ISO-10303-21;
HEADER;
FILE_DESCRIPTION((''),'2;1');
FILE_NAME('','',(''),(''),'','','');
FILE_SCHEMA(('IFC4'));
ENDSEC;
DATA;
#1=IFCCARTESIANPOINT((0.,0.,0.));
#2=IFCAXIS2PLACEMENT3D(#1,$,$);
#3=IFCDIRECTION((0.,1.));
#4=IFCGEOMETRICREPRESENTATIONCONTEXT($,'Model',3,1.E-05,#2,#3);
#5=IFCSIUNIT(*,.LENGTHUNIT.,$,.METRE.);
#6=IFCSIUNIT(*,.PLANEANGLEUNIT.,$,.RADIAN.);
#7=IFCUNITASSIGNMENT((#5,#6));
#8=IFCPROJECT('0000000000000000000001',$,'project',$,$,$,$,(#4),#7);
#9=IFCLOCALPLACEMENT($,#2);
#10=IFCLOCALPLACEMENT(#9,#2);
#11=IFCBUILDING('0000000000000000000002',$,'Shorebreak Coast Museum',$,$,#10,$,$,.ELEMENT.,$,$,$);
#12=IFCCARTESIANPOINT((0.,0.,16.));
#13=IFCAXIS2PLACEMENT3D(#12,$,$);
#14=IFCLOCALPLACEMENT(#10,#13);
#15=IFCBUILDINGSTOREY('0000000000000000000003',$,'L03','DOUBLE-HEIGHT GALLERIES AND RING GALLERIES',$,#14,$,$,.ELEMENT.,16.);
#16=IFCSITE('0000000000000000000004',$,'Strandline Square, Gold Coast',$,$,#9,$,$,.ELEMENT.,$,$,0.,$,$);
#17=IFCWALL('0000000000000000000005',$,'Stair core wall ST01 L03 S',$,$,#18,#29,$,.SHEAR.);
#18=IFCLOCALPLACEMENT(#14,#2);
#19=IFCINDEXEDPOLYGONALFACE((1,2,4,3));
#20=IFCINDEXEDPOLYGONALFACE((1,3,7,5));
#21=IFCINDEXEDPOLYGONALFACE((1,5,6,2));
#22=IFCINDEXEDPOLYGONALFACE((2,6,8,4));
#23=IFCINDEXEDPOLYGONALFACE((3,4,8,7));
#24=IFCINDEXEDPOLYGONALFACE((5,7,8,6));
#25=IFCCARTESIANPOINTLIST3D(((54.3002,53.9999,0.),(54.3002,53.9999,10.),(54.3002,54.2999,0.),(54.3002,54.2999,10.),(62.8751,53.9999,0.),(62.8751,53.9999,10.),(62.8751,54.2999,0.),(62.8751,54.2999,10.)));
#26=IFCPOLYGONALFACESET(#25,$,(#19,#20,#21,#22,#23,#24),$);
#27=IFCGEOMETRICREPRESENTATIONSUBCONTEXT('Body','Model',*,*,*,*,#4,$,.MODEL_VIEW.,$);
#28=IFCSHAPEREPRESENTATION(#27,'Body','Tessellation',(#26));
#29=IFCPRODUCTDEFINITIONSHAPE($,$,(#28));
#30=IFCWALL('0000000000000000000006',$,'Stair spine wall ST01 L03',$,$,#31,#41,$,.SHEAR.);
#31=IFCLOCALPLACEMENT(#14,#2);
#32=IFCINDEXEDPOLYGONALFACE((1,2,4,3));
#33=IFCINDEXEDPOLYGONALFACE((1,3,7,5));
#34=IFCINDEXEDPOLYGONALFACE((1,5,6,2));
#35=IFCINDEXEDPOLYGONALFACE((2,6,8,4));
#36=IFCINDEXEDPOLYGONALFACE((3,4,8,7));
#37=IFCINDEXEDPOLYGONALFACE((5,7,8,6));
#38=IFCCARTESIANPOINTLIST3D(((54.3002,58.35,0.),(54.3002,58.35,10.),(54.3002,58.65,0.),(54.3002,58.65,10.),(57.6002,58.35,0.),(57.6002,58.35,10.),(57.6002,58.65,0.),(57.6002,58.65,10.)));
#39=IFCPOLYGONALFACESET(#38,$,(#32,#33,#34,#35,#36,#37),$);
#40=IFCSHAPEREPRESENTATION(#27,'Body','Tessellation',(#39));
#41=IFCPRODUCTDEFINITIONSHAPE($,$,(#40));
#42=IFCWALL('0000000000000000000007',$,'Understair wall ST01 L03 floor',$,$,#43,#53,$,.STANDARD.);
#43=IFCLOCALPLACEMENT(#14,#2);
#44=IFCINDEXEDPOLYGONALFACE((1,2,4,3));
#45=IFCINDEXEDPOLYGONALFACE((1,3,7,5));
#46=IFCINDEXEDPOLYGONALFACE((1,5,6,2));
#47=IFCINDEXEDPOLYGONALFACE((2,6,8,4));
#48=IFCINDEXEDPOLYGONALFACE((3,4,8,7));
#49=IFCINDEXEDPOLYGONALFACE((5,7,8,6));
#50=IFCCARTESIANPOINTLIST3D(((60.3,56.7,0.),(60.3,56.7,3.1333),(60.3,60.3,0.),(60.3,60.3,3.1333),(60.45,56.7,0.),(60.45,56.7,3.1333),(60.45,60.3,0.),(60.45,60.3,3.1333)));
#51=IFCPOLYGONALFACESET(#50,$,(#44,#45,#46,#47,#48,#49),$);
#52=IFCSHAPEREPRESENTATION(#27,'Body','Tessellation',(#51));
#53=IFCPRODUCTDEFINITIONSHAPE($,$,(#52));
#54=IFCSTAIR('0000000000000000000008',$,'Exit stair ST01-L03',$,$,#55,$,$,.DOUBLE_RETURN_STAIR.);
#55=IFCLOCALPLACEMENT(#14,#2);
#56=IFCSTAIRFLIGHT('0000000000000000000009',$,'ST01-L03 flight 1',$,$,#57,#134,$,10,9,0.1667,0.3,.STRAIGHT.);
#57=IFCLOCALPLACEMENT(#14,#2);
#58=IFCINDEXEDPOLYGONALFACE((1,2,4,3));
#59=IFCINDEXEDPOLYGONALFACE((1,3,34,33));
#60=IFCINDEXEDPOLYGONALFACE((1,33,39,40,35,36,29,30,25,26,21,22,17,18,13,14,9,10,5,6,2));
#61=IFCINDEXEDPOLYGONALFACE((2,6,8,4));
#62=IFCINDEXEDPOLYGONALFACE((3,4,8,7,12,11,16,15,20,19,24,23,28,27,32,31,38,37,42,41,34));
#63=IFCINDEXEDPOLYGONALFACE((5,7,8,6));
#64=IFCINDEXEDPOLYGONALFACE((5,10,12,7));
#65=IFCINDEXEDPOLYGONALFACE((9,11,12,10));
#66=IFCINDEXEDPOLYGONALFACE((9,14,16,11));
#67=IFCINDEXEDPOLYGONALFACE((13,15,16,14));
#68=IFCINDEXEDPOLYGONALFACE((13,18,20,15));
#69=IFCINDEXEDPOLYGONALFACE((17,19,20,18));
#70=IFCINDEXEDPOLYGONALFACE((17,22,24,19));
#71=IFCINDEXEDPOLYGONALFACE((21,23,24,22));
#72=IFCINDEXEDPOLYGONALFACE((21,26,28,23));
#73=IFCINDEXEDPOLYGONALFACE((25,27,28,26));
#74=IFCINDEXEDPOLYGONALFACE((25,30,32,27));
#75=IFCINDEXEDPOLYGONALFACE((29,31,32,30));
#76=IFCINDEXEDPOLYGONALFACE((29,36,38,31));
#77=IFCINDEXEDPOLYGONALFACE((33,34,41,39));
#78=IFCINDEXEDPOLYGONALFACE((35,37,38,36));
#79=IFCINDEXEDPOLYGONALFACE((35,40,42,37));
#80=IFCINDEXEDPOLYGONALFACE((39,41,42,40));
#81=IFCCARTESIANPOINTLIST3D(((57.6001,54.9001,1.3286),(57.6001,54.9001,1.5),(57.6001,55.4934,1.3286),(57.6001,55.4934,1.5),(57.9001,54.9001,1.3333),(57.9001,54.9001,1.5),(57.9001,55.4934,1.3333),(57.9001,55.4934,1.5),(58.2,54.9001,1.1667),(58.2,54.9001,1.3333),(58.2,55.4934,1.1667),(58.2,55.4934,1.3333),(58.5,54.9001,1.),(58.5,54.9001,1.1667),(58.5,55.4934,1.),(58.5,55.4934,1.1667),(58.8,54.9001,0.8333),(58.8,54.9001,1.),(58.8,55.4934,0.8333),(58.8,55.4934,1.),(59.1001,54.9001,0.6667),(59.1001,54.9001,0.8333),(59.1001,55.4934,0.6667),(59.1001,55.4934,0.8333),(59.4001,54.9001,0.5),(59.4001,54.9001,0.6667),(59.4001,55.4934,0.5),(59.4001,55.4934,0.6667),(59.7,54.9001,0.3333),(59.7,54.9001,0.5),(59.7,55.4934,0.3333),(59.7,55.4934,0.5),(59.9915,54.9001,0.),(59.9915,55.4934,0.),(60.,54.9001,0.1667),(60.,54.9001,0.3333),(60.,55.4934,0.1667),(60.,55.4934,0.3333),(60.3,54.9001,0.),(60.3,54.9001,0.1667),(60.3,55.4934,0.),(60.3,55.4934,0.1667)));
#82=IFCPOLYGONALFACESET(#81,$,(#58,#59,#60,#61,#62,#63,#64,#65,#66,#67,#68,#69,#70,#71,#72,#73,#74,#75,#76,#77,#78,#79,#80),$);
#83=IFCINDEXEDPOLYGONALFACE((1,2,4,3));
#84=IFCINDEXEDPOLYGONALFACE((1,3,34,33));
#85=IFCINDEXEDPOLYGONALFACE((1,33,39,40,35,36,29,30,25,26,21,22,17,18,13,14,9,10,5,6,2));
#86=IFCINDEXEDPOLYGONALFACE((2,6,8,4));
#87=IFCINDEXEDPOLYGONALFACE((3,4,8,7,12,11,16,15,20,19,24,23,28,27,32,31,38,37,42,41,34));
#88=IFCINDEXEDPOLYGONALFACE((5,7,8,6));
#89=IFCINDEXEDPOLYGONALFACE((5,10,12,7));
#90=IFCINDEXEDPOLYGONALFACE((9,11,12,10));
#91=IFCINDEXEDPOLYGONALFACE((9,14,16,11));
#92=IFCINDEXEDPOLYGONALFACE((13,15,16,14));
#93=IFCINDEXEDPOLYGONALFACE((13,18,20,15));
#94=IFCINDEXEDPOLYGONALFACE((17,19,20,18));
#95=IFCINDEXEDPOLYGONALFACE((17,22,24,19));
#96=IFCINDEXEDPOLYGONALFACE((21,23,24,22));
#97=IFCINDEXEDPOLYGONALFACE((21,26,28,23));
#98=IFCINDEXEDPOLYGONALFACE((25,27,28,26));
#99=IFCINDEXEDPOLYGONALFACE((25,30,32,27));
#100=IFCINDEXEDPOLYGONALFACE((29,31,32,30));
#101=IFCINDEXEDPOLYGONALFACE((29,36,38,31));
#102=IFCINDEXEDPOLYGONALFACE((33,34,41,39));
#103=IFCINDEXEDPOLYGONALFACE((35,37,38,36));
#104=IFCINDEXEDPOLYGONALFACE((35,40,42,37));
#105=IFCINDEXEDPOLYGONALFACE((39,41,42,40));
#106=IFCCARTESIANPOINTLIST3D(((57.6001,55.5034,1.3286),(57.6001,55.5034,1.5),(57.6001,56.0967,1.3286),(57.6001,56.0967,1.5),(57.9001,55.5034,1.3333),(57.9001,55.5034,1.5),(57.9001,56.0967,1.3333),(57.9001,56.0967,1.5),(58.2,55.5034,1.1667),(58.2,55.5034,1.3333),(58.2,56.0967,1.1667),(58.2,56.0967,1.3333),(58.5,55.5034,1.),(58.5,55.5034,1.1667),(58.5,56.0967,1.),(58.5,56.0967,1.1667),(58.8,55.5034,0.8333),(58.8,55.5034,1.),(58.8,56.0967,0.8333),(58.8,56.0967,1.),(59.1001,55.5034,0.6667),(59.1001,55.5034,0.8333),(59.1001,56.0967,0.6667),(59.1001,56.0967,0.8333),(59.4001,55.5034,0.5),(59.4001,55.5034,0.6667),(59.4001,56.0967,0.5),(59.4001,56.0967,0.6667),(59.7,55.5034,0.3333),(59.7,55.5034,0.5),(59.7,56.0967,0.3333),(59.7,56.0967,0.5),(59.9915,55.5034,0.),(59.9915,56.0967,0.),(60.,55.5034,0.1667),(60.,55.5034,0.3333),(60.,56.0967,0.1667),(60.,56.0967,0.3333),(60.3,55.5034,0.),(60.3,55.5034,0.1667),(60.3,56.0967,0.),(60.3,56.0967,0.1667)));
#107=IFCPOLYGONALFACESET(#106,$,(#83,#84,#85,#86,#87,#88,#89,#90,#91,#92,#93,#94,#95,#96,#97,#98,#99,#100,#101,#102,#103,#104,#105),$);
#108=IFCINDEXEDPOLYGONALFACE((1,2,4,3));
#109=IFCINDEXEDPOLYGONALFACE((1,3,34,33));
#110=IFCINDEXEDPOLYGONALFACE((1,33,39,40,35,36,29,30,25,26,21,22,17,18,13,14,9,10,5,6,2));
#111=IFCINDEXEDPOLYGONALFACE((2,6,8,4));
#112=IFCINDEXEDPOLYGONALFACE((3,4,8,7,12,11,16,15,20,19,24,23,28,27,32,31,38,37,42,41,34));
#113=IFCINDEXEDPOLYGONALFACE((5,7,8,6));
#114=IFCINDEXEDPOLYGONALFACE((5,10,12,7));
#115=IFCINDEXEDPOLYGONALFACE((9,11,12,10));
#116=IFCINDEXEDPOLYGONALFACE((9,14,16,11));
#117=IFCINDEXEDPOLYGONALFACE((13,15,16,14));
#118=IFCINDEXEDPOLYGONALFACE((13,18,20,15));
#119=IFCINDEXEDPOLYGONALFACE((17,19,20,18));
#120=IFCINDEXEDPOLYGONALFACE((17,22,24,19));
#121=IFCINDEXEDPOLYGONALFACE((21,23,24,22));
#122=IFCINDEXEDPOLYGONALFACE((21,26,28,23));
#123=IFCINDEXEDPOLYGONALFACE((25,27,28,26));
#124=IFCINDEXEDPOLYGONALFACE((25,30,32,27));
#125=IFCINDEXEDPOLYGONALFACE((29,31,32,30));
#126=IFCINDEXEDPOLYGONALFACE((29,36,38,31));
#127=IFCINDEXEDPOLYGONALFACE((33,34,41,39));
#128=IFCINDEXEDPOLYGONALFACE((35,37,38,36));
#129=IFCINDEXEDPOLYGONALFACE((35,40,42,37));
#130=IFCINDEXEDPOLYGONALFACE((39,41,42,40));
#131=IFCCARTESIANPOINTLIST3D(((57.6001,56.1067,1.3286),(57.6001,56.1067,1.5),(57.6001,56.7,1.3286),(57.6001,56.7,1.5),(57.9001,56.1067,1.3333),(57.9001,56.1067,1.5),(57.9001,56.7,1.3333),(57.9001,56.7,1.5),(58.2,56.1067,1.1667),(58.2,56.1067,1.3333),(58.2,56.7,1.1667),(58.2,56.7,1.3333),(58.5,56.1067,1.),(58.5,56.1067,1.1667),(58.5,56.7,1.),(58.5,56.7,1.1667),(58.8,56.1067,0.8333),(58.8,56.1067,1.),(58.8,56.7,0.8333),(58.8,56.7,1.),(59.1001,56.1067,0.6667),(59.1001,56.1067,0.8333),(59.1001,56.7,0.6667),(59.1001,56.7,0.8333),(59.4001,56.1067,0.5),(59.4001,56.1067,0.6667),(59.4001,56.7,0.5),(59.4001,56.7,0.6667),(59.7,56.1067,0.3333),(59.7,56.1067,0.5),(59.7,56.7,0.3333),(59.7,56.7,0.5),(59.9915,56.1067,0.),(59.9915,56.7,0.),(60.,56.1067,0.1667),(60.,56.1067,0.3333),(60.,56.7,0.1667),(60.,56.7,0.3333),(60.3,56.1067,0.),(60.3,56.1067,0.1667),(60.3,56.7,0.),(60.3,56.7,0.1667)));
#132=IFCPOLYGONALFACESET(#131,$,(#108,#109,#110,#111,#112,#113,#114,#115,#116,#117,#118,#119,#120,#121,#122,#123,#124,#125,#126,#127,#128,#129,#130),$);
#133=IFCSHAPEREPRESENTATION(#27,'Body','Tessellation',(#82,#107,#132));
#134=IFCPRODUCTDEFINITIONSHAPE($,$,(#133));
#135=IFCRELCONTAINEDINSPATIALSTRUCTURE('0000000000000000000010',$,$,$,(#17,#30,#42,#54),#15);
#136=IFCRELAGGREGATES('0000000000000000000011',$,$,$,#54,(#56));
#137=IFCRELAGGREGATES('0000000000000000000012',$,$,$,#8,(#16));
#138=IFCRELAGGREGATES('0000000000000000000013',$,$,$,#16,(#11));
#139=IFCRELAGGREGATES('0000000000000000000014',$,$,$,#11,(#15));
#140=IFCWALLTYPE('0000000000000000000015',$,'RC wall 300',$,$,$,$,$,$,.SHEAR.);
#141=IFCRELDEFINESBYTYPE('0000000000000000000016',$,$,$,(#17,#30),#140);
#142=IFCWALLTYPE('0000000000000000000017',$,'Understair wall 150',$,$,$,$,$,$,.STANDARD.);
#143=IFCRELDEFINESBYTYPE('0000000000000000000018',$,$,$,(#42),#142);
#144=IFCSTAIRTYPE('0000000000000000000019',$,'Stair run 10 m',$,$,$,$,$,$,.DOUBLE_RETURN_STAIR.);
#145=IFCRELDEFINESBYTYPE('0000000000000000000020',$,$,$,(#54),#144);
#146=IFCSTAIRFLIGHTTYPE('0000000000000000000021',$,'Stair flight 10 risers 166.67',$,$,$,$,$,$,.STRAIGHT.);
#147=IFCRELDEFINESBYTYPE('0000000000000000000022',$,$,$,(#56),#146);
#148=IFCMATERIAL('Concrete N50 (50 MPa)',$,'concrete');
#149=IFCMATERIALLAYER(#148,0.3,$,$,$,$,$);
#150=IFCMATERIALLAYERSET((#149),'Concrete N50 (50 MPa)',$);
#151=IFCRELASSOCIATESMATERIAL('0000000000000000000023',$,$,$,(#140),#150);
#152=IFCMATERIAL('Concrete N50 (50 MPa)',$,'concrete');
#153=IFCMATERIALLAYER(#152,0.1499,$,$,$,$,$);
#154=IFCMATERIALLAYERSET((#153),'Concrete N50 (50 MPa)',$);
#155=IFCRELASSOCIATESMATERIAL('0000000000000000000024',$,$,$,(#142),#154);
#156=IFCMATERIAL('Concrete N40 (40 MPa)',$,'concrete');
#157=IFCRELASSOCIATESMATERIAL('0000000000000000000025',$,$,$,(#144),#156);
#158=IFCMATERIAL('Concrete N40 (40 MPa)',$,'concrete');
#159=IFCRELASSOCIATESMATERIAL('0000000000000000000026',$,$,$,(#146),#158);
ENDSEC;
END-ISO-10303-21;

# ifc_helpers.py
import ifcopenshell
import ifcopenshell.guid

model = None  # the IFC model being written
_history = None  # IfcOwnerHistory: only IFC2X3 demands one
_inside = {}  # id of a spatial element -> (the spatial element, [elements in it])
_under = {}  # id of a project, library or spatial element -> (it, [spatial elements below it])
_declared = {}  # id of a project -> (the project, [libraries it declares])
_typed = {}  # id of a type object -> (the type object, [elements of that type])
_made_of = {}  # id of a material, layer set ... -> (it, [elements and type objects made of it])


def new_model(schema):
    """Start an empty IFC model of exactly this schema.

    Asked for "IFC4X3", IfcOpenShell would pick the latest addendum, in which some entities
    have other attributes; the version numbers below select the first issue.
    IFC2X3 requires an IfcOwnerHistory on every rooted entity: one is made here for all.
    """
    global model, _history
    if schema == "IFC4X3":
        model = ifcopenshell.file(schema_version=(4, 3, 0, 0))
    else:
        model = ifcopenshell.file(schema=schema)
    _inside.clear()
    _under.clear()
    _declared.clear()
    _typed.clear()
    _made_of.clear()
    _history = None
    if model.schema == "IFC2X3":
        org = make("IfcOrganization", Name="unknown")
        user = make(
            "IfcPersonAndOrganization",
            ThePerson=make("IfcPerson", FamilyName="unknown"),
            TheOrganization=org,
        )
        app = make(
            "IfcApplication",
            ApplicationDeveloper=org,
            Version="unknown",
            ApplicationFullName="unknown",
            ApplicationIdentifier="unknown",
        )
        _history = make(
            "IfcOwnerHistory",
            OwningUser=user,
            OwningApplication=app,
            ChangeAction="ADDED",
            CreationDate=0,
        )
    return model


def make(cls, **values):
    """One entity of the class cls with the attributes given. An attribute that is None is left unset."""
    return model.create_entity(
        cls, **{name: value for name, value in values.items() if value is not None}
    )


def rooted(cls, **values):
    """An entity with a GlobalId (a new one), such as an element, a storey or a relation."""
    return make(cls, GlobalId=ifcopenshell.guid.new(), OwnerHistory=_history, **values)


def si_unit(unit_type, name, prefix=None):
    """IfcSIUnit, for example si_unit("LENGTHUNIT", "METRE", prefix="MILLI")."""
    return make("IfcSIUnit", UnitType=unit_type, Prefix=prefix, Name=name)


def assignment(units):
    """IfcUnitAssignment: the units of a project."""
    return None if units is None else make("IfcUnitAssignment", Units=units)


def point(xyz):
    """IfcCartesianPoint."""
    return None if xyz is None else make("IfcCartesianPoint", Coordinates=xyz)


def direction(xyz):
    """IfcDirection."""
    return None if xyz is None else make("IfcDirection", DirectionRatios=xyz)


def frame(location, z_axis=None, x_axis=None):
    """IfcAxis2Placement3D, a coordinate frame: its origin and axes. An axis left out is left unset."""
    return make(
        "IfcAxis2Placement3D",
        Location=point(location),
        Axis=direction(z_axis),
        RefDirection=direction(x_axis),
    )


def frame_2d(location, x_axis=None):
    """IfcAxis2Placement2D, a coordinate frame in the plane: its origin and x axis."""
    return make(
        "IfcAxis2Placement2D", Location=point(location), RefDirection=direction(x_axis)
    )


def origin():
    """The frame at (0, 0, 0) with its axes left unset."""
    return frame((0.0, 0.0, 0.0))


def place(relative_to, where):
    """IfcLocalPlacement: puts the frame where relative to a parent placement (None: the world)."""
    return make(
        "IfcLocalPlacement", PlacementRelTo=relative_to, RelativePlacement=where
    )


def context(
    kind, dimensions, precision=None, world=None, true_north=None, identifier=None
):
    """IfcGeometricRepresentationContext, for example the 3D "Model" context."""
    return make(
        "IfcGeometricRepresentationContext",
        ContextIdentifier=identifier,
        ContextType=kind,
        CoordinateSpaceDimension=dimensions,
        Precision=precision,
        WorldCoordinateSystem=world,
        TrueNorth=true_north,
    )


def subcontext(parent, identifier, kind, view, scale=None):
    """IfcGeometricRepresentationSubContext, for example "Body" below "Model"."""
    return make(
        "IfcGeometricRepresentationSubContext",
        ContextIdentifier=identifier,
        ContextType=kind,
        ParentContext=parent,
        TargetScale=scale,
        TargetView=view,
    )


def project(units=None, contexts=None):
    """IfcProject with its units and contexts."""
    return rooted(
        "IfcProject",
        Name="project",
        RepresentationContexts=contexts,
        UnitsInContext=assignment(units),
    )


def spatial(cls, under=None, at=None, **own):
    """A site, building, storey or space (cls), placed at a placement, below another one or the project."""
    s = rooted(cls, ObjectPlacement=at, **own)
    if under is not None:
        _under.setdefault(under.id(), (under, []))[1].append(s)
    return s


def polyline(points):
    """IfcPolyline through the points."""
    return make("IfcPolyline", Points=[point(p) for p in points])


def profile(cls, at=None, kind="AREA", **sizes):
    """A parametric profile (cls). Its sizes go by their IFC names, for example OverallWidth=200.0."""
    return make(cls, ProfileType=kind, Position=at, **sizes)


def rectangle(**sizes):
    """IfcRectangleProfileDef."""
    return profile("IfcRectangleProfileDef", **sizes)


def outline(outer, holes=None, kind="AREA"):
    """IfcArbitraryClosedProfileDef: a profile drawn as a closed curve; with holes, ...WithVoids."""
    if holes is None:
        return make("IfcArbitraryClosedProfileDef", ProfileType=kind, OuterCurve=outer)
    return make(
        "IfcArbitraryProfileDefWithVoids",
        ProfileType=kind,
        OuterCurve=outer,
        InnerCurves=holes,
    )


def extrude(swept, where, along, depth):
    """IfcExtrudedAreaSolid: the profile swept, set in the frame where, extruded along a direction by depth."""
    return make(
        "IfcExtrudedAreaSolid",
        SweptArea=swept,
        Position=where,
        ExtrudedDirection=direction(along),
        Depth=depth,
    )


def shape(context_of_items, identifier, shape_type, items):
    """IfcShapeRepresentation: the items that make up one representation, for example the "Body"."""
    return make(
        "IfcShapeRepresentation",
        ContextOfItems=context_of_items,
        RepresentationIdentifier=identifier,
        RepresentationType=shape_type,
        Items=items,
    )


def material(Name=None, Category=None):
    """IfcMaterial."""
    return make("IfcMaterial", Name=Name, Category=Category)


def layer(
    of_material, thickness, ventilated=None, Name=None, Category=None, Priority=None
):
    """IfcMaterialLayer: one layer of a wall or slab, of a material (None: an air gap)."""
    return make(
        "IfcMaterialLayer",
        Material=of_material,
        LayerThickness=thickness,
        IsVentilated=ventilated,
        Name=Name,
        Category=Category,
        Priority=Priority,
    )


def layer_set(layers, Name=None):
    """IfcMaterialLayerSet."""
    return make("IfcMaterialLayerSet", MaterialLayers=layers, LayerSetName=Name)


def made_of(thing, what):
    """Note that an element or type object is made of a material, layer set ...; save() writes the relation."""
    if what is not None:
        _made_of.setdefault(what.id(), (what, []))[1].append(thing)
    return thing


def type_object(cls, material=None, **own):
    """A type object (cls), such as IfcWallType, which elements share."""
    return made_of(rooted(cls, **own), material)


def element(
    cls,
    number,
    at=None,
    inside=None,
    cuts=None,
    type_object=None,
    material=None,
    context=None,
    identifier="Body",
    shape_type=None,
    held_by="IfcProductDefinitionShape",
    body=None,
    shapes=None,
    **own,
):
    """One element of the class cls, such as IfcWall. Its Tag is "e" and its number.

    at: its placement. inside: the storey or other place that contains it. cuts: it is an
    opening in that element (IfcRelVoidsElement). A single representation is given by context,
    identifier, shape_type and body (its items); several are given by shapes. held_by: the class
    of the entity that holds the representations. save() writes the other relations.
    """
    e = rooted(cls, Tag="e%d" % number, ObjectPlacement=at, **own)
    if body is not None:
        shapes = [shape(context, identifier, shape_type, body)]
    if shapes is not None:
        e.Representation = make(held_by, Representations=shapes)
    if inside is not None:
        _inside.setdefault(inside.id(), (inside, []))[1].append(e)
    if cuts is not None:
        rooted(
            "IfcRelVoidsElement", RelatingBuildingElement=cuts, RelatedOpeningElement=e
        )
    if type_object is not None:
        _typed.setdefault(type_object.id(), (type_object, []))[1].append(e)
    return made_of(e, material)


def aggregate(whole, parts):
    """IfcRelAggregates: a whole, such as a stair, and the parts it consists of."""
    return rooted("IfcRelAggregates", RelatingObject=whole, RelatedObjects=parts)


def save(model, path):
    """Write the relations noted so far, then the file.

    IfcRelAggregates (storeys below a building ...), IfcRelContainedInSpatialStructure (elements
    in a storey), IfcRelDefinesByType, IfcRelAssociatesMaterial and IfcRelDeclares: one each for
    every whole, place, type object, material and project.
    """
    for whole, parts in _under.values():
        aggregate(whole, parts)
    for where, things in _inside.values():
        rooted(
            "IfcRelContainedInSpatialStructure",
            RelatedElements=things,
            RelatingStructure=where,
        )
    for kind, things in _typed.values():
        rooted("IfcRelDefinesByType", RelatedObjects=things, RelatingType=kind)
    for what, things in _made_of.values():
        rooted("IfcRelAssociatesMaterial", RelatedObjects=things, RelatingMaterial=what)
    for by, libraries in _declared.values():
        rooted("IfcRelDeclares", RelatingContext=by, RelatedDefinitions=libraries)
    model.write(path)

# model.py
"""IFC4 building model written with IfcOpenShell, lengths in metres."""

from ifc_helpers import new_model, si_unit, direction, frame, frame_2d, origin, place, context, subcontext, project, spatial, polyline, rectangle, outline, extrude, material, layer, layer_set, type_object, element, aggregate, save


model = new_model("IFC4")

# Units and contexts
model_context = context("Model", 3, precision=1e-05, world=origin(), true_north=direction((0.0, 1.0)))
body_context = subcontext(model_context, "Body", "Model", "MODEL_VIEW")
ifc_project = project(units=[si_unit("LENGTHUNIT", "METRE"), si_unit("PLANEANGLEUNIT", "RADIAN")], contexts=[model_context])

# Site, building, storey
site_placement = place(None, origin())
site = spatial("IfcSite", under=ifc_project, at=site_placement, Name="Strandline Square, Gold Coast", CompositionType="ELEMENT", RefElevation=0.0)
building_placement = place(site_placement, origin())
building = spatial("IfcBuilding", under=site, at=building_placement, Name="Shorebreak Coast Museum", CompositionType="ELEMENT")
storey_placement = place(building_placement, frame((0.0, 0.0, 16.0)))
storey = spatial("IfcBuildingStorey", under=building, at=storey_placement, Name="L03", Description="DOUBLE-HEIGHT GALLERIES AND RING GALLERIES", CompositionType="ELEMENT", Elevation=16.0)

# Walls
ifc_material_1 = material(Name="Concrete N50 (50 MPa)", Category="concrete")
ifc_layer_1 = layer(ifc_material_1, 0.3)
ifc_layer_set_1 = layer_set([ifc_layer_1], Name="Concrete N50 (50 MPa)")
wall_type_1 = type_object("IfcWallType", Name="RC wall 300", PredefinedType="SHEAR", material=ifc_layer_set_1)
wall_1_placement = place(storey_placement, frame((54.3, 54.1499, 0.0), z_axis=(0.0, 0.0, 1.0), x_axis=(1.0, 0.0, 0.0)))
element("IfcWall", 1, at=wall_1_placement, inside=storey, type_object=wall_type_1, Name="Stair core wall ST01 L03 S", PredefinedType="SHEAR", context=body_context, shape_type="SweptSolid", body=[
    extrude(rectangle(XDim=8.575, YDim=0.3, at=frame_2d((4.2876, 0.0))), origin(), (0.0, 0.0, 1.0), 10.0),
])
wall_2_placement = place(storey_placement, frame((57.6001, 58.5, 0.0), z_axis=(0.0, 0.0, 1.0), x_axis=(-1.0, 0.0, 0.0)))
element("IfcWall", 2, at=wall_2_placement, inside=storey, type_object=wall_type_1, Name="Stair spine wall ST01 L03", PredefinedType="SHEAR", context=body_context, shape_type="SweptSolid", body=[
    extrude(rectangle(XDim=3.3, YDim=0.3, at=frame_2d((1.6499, 0.0))), origin(), (0.0, 0.0, 1.0), 10.0),
])
ifc_material_2 = material(Name="Concrete N50 (50 MPa)", Category="concrete")
ifc_layer_2 = layer(ifc_material_2, 0.1499)
ifc_layer_set_2 = layer_set([ifc_layer_2], Name="Concrete N50 (50 MPa)")
wall_type_2 = type_object("IfcWallType", Name="Understair wall 150", PredefinedType="STANDARD", material=ifc_layer_set_2)
wall_3_placement = place(storey_placement, frame((60.375, 56.7, 0.0), z_axis=(0.0, 0.0, 1.0), x_axis=(0.0, 1.0, 0.0)))
element("IfcWall", 3, at=wall_3_placement, inside=storey, type_object=wall_type_2, Name="Understair wall ST01 L03 floor", PredefinedType="STANDARD", context=body_context, shape_type="SweptSolid", body=[
    extrude(rectangle(XDim=3.6001, YDim=0.1499, at=frame_2d((1.8, 0.0))), origin(), (0.0, 0.0, 1.0), 3.1333),
])

# Stair, stair flight
ifc_material_3 = material(Name="Concrete N40 (40 MPa)", Category="concrete")
stair_type = type_object("IfcStairType", Name="Stair run 10 m", PredefinedType="DOUBLE_RETURN_STAIR", material=ifc_material_3)
stair_placement = place(storey_placement, origin())
stair = element("IfcStair", 4, at=stair_placement, inside=storey, type_object=stair_type, Name="Exit stair ST01-L03", PredefinedType="DOUBLE_RETURN_STAIR")
ifc_material_4 = material(Name="Concrete N40 (40 MPa)", Category="concrete")
stair_flight_type = type_object("IfcStairFlightType", Name="Stair flight 10 risers 166.67", PredefinedType="STRAIGHT", material=ifc_material_4)
stair_flight_1_placement = place(storey_placement, frame((60.3, 55.8, 0.0), z_axis=(0.0, 0.0, 1.0), x_axis=(-1.0, 0.0, 0.0)))
stair_flight_1 = element("IfcStairFlight", 5, at=stair_flight_1_placement, type_object=stair_flight_type, Name="ST01-L03 flight 1", NumberOfRisers=10, NumberOfTreads=9, PredefinedType="STRAIGHT", RiserHeight=0.1667, TreadLength=0.3, context=body_context, shape_type="SweptSolid", body=[
    extrude(outline(polyline([(0.0, 0.0), (0.0, 0.1667), (0.3, 0.1667), (0.3, 0.3333), (0.6001, 0.3333), (0.6001, 0.5), (0.8999, 0.5), (0.8999, 0.6667), (1.2, 0.6667), (1.2, 0.8333), (1.5, 0.8333), (1.5, 1.0), (1.8, 1.0), (1.8, 1.1667), (2.1001, 1.1667), (2.1001, 1.3333), (2.3999, 1.3333), (2.3999, 1.5), (2.7, 1.5), (2.7, 1.6667), (2.7, 1.3286), (0.3086, 0.0), (0.0, 0.0)])), frame((0.0, 0.8999, 0.0), z_axis=(0.0, -1.0, 0.0), x_axis=(1.0, 0.0, 0.0)), (0.0, 0.0, 1.0), 0.5933),
    extrude(outline(polyline([(0.0, 0.0), (0.0, 0.1667), (0.3, 0.1667), (0.3, 0.3333), (0.6001, 0.3333), (0.6001, 0.5), (0.8999, 0.5), (0.8999, 0.6667), (1.2, 0.6667), (1.2, 0.8333), (1.5, 0.8333), (1.5, 1.0), (1.8, 1.0), (1.8, 1.1667), (2.1001, 1.1667), (2.1001, 1.3333), (2.3999, 1.3333), (2.3999, 1.5), (2.7, 1.5), (2.7, 1.6667), (2.7, 1.3286), (0.3086, 0.0), (0.0, 0.0)])), frame((0.0, 0.2966, 0.0), z_axis=(0.0, -1.0, 0.0), x_axis=(1.0, 0.0, 0.0)), (0.0, 0.0, 1.0), 0.5933),
    extrude(outline(polyline([(0.0, 0.0), (0.0, 0.1667), (0.3, 0.1667), (0.3, 0.3333), (0.6001, 0.3333), (0.6001, 0.5), (0.8999, 0.5), (0.8999, 0.6667), (1.2, 0.6667), (1.2, 0.8333), (1.5, 0.8333), (1.5, 1.0), (1.8, 1.0), (1.8, 1.1667), (2.1001, 1.1667), (2.1001, 1.3333), (2.3999, 1.3333), (2.3999, 1.5), (2.7, 1.5), (2.7, 1.6667), (2.7, 1.3286), (0.3086, 0.0), (0.0, 0.0)])), frame((0.0, -0.3066, 0.0), z_axis=(0.0, -1.0, 0.0), x_axis=(1.0, 0.0, 0.0)), (0.0, 0.0, 1.0), 0.5933),
])
aggregate(stair, [stair_flight_1])

save(model, "model.ifc")
